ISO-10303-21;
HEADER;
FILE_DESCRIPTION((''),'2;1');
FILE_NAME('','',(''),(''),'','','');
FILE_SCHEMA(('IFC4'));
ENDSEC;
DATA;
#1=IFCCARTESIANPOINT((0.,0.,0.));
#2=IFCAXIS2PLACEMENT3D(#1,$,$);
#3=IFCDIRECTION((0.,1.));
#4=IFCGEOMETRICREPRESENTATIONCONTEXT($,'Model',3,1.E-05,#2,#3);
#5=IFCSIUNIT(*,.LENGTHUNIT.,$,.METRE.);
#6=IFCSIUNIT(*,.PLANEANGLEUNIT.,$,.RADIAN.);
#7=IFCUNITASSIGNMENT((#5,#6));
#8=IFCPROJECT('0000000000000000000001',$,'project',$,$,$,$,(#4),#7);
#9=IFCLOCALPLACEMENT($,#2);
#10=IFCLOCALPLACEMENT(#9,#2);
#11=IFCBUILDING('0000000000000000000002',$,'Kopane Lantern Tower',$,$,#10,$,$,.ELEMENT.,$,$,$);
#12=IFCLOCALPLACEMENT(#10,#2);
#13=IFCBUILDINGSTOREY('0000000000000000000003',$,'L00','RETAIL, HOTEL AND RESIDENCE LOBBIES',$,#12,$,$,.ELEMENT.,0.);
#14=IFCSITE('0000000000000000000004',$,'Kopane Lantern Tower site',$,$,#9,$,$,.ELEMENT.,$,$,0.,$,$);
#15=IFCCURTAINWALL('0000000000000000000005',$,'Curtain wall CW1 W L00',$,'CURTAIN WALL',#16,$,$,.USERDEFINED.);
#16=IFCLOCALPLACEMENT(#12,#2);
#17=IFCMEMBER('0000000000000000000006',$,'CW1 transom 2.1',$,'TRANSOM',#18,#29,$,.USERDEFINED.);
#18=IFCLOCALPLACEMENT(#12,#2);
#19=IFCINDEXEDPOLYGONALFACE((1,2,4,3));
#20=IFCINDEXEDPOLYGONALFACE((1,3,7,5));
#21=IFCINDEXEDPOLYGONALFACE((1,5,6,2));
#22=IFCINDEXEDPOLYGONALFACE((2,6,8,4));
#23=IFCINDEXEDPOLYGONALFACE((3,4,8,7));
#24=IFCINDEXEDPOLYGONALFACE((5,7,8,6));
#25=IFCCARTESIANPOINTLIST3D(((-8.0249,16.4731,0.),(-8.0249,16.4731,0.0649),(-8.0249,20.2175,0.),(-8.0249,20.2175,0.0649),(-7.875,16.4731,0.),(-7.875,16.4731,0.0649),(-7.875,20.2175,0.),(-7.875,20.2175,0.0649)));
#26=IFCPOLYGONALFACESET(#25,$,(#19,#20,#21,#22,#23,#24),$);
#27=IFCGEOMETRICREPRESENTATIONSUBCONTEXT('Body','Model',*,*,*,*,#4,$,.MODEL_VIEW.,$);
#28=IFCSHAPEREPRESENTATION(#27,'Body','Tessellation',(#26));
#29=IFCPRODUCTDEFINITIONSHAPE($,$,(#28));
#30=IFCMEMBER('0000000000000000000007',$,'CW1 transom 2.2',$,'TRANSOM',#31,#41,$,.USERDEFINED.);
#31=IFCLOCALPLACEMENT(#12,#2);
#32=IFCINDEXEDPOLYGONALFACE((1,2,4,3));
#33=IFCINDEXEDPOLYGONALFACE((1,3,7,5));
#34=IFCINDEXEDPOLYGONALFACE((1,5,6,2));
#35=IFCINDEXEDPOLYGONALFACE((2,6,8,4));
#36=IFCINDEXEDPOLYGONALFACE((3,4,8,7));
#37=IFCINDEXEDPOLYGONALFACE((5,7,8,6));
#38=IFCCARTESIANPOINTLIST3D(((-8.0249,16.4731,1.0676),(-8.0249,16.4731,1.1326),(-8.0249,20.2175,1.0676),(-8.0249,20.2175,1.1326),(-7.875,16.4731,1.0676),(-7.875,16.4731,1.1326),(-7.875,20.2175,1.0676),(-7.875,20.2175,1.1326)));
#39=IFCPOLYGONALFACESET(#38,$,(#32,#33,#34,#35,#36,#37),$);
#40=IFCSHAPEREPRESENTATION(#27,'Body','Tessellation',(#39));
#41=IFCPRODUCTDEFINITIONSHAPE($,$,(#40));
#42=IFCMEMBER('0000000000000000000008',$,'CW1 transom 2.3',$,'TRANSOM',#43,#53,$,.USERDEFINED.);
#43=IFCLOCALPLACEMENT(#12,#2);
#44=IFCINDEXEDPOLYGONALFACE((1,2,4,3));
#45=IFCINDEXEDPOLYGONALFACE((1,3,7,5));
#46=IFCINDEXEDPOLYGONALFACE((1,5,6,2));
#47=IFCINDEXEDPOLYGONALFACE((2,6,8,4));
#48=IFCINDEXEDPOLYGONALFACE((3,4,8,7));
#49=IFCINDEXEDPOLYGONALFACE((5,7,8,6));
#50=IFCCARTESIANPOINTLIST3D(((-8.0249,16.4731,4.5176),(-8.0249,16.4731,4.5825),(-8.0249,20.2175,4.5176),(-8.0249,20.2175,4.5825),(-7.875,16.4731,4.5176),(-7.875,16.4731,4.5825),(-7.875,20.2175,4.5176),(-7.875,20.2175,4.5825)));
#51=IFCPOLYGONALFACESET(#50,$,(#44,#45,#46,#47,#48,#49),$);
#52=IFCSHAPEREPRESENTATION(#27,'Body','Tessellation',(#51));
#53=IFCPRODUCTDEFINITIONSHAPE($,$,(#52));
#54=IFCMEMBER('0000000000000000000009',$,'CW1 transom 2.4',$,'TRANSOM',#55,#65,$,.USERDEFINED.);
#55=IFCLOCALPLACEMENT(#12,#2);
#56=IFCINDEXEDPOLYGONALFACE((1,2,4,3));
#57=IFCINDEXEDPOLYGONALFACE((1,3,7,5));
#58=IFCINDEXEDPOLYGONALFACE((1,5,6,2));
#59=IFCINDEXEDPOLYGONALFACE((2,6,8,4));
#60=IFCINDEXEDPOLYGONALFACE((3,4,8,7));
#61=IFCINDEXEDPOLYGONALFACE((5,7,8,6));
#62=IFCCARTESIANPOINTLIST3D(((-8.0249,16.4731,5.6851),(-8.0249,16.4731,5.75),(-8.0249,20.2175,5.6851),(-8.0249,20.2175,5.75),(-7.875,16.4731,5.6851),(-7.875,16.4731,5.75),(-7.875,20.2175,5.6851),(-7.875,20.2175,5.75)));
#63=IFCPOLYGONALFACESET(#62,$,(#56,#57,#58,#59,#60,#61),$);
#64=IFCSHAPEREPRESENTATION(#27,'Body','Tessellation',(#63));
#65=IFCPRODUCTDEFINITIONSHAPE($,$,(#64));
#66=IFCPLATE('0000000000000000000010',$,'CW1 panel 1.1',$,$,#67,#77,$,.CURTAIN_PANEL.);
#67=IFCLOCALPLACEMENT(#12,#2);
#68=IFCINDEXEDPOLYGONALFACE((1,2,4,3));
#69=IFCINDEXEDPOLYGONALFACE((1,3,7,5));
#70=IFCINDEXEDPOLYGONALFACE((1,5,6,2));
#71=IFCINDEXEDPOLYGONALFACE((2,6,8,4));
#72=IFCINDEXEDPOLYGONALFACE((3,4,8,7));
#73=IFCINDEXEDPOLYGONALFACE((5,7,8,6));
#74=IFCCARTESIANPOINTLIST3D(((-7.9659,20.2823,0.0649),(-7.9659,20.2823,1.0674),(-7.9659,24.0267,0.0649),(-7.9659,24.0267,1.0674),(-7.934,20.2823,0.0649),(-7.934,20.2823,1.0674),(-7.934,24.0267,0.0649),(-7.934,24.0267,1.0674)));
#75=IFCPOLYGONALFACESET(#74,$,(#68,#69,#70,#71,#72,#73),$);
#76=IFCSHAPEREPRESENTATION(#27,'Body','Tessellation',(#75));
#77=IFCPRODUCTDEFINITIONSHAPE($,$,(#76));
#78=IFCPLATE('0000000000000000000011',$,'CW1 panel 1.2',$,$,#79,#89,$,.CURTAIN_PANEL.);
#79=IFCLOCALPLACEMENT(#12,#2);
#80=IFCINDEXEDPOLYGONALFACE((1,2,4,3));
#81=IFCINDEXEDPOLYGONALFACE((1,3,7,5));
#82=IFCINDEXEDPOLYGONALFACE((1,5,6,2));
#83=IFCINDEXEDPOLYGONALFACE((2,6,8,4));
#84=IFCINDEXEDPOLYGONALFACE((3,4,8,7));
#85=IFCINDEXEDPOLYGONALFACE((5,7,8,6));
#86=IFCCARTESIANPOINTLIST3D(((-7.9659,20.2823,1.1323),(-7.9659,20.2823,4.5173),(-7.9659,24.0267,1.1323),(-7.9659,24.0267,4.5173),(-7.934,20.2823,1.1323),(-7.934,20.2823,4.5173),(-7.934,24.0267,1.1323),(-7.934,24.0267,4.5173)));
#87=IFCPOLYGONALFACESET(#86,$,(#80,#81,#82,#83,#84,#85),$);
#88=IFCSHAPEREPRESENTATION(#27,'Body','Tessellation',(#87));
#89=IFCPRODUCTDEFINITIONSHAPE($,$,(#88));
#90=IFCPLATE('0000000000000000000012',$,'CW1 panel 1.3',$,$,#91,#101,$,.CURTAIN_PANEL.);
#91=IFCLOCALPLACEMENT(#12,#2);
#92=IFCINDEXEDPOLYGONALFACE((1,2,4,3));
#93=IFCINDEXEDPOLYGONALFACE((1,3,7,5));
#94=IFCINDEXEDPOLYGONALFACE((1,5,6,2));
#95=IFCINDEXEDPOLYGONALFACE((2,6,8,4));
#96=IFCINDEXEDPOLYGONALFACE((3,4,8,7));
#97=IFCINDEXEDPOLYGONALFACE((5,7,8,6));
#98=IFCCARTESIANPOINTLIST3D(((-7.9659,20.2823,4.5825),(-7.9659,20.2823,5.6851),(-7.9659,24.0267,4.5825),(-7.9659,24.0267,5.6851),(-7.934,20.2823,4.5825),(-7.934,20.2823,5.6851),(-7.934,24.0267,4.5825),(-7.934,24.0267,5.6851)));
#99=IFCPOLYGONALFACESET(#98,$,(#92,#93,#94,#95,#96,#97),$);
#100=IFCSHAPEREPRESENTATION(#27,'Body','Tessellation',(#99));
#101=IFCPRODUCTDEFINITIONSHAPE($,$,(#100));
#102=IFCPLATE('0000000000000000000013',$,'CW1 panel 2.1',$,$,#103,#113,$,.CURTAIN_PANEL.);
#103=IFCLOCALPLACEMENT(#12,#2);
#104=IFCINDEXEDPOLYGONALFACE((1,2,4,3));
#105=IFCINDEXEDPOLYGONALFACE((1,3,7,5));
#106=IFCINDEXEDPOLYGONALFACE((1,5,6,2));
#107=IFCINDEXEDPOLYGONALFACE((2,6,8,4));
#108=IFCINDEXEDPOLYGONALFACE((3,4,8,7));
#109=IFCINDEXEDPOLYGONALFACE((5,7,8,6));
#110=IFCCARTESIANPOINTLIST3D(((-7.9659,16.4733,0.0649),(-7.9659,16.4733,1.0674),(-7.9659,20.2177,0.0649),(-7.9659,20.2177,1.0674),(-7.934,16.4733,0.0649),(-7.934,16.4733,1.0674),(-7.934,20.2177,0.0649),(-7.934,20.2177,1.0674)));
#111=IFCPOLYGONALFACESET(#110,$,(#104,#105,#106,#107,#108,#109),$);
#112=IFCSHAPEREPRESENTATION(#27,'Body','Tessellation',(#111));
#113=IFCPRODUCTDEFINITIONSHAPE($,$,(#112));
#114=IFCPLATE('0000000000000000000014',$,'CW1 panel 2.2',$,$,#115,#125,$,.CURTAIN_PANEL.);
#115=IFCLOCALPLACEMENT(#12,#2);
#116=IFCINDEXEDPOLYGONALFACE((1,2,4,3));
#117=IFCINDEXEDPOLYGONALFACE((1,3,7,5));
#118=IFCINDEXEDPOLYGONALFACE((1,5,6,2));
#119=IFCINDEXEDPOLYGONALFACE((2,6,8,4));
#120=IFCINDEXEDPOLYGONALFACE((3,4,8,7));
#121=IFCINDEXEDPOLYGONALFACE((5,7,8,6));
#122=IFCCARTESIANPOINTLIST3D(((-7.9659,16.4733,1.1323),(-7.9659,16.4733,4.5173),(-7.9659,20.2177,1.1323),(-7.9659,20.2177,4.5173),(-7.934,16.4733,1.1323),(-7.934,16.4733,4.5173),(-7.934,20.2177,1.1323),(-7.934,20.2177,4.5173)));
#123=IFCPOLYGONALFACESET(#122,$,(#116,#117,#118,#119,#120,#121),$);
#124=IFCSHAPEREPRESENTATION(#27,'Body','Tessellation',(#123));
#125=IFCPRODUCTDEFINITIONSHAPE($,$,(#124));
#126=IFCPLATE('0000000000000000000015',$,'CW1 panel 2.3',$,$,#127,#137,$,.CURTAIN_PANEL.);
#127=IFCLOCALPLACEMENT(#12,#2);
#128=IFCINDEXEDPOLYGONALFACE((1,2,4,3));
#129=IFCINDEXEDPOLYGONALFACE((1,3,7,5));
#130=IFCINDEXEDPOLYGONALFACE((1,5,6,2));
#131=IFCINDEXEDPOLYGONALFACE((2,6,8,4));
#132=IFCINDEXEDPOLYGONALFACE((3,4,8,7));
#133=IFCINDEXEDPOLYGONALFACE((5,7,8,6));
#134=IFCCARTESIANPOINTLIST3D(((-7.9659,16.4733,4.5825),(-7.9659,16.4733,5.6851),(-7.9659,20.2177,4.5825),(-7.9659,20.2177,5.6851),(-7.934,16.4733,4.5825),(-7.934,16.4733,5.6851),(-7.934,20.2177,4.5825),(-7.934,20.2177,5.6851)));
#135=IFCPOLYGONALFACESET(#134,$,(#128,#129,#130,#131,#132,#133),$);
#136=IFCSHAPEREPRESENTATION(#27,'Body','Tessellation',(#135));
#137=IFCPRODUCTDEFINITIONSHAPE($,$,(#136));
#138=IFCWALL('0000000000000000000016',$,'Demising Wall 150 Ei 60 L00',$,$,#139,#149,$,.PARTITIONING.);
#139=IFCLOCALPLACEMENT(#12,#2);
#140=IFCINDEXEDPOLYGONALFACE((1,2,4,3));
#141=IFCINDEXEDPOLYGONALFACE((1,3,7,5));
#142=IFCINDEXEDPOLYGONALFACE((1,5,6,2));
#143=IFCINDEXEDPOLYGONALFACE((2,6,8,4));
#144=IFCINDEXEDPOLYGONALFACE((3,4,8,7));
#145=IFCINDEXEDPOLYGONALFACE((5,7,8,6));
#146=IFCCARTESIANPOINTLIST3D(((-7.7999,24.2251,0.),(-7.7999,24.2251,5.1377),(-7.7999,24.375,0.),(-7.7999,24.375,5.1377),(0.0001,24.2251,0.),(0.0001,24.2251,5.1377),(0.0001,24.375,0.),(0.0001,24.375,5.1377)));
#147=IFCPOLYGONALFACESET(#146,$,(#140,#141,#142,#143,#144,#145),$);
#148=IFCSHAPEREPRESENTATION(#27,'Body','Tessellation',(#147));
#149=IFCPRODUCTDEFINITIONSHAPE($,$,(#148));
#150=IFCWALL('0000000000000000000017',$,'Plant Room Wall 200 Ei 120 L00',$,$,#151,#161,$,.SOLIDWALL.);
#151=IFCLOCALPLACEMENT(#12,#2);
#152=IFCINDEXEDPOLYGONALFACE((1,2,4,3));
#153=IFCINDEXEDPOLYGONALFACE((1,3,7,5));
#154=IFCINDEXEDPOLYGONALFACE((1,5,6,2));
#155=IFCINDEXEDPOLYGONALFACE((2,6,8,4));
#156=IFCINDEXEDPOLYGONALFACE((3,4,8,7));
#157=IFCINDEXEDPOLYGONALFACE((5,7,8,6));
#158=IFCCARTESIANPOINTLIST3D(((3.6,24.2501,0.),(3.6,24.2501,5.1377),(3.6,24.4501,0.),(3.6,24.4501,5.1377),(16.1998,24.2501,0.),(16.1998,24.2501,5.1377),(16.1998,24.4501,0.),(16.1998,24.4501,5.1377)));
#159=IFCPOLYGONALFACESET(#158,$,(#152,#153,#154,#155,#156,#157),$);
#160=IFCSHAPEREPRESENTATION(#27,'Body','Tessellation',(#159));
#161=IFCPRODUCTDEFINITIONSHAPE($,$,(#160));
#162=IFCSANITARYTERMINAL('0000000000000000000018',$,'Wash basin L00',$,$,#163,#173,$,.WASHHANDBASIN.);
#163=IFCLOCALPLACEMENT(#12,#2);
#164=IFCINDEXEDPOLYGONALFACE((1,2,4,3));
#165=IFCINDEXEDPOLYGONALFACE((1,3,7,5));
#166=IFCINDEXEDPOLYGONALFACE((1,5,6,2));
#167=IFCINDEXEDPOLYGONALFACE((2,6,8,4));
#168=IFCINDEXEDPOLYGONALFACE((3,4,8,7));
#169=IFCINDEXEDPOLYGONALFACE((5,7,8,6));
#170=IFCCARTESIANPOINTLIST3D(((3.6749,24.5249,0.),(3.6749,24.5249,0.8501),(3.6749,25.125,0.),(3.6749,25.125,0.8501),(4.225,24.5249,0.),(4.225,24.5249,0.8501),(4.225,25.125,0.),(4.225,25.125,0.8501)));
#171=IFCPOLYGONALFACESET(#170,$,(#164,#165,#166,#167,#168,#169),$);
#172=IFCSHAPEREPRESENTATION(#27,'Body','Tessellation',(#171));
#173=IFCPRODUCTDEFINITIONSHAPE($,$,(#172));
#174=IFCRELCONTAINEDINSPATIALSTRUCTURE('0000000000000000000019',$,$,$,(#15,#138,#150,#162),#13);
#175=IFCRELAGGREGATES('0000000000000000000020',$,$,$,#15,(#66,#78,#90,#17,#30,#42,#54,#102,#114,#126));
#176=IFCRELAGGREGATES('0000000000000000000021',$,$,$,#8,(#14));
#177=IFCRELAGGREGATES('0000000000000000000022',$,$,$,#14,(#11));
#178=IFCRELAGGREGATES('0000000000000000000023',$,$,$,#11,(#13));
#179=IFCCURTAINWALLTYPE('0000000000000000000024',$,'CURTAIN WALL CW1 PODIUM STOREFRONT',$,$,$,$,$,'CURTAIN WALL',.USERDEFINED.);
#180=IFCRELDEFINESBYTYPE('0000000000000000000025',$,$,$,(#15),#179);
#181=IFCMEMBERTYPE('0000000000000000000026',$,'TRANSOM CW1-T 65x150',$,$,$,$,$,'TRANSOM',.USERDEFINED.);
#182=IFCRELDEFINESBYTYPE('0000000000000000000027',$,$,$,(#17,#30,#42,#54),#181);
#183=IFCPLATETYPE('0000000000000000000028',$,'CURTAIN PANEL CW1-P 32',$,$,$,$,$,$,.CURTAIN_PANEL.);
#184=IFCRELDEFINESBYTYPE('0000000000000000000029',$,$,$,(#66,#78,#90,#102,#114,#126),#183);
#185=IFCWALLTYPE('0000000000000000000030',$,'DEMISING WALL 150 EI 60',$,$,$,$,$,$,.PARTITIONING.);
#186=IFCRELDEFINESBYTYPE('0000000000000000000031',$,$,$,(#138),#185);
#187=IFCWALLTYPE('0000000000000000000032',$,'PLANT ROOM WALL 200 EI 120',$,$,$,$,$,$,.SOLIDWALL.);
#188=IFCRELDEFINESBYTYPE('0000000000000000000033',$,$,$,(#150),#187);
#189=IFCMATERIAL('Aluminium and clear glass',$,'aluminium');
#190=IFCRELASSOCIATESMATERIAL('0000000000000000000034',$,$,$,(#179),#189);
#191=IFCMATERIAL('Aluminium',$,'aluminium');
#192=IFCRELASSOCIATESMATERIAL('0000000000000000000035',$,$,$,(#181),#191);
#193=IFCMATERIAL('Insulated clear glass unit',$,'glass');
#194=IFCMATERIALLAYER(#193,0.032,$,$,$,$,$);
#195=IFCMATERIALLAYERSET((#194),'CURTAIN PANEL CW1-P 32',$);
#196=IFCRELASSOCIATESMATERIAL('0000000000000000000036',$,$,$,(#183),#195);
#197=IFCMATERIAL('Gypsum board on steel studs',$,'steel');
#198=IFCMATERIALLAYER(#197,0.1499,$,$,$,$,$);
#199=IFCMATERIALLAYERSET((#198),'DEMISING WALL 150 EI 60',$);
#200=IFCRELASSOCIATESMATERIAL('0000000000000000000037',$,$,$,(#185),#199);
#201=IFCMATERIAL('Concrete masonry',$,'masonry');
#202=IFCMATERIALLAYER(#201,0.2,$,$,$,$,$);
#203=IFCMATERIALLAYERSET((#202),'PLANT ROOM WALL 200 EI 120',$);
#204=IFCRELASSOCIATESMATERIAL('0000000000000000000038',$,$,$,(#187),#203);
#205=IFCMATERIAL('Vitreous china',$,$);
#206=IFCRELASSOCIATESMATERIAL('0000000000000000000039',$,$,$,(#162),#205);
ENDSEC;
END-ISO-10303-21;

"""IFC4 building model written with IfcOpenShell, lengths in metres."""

from ifc_helpers import new_model, si_unit, direction, frame, frame_2d, origin, origin_2d, place, context, subcontext, project, spatial, rectangle, extrude, material, layer, layer_set, material_profile, profile_set, type_object, element, aggregate, save


model = new_model("IFC4")

# Units and contexts
model_context = context("Model", 3, precision=1e-05, world=origin(), true_north=direction((0.0, 1.0)))
body_context = subcontext(model_context, "Body", "Model", "MODEL_VIEW")
ifc_project = project(units=[si_unit("LENGTHUNIT", "METRE"), si_unit("PLANEANGLEUNIT", "RADIAN")], contexts=[model_context])

# Site, building, storey
site_placement = place(None, origin())
site = spatial("IfcSite", under=ifc_project, at=site_placement, Name="Kopane Lantern Tower site", CompositionType="ELEMENT", RefElevation=0.0)
building_placement = place(site_placement, origin())
building = spatial("IfcBuilding", under=site, at=building_placement, Name="Kopane Lantern Tower", CompositionType="ELEMENT")
storey_placement = place(building_placement, origin())
storey = spatial("IfcBuildingStorey", under=building, at=storey_placement, Name="L00", Description="RETAIL, HOTEL AND RESIDENCE LOBBIES", CompositionType="ELEMENT", Elevation=0.0)

# Shared definitions
ifc_material_1 = material(Name="Aluminium and clear glass", Category="aluminium")
curtain_wall_type = type_object("IfcCurtainWallType", Name="CURTAIN WALL CW1 PODIUM STOREFRONT", ElementType="CURTAIN WALL", PredefinedType="USERDEFINED", material=ifc_material_1)

# Curtain wall, members, plates
curtain_wall_1_placement = place(storey_placement, origin())
curtain_wall_1 = element("IfcCurtainWall", 1, at=curtain_wall_1_placement, inside=storey, type_object=curtain_wall_type, Name="Curtain wall CW1 W L00", ObjectType="CURTAIN WALL", PredefinedType="USERDEFINED")
ifc_material_2 = material(Name="Aluminium", Category="aluminium")
ifc_material_profile_1 = material_profile(ifc_material_2, rectangle(XDim=0.1499, YDim=0.0649, at=origin_2d()), Name="AL 150x65")
ifc_profile_set_1 = profile_set([ifc_material_profile_1], Name="Aluminium")
member_type_1 = type_object("IfcMemberType", Name="TRANSOM CW1-T 65x150", ElementType="TRANSOM", PredefinedType="USERDEFINED", material=ifc_profile_set_1)
member_1_placement = place(storey_placement, frame((-7.95, 20.2175, 0.0325), z_axis=(0.0, -1.0, 0.0), x_axis=(1.0, 0.0, 0.0)))
member_1 = element("IfcMember", 2, at=member_1_placement, type_object=member_type_1, Name="CW1 transom 2.1", ObjectType="TRANSOM", PredefinedType="USERDEFINED", context=body_context, shape_type="SweptSolid", body=[
    extrude(rectangle(XDim=0.1499, YDim=0.0649, at=origin_2d()), origin(), (0.0, 0.0, 1.0), 3.7444),
])
member_2_placement = place(storey_placement, frame((-7.95, 20.2175, 1.1001), z_axis=(0.0, -1.0, 0.0), x_axis=(1.0, 0.0, 0.0)))
member_2 = element("IfcMember", 3, at=member_2_placement, type_object=member_type_1, Name="CW1 transom 2.2", ObjectType="TRANSOM", PredefinedType="USERDEFINED", context=body_context, shape_type="SweptSolid", body=[
    extrude(rectangle(XDim=0.1499, YDim=0.0649, at=origin_2d()), origin(), (0.0, 0.0, 1.0), 3.7444),
])
member_3_placement = place(storey_placement, frame((-7.95, 20.2175, 4.55), z_axis=(0.0, -1.0, 0.0), x_axis=(1.0, 0.0, 0.0)))
member_3 = element("IfcMember", 4, at=member_3_placement, type_object=member_type_1, Name="CW1 transom 2.3", ObjectType="TRANSOM", PredefinedType="USERDEFINED", context=body_context, shape_type="SweptSolid", body=[
    extrude(rectangle(XDim=0.1499, YDim=0.0649, at=origin_2d()), origin(), (0.0, 0.0, 1.0), 3.7444),
])
member_4_placement = place(storey_placement, frame((-7.95, 20.2175, 5.7175), z_axis=(0.0, -1.0, 0.0), x_axis=(1.0, 0.0, 0.0)))
member_4 = element("IfcMember", 5, at=member_4_placement, type_object=member_type_1, Name="CW1 transom 2.4", ObjectType="TRANSOM", PredefinedType="USERDEFINED", context=body_context, shape_type="SweptSolid", body=[
    extrude(rectangle(XDim=0.1499, YDim=0.0649, at=origin_2d()), origin(), (0.0, 0.0, 1.0), 3.7444),
])
ifc_material_3 = material(Name="Insulated clear glass unit", Category="glass")
ifc_layer_1 = layer(ifc_material_3, 0.032)
ifc_layer_set_1 = layer_set([ifc_layer_1], Name="CURTAIN PANEL CW1-P 32")
plate_type = type_object("IfcPlateType", Name="CURTAIN PANEL CW1-P 32", PredefinedType="CURTAIN_PANEL", material=ifc_layer_set_1)
plate_1_placement = place(storey_placement, frame((-7.95, 22.1545, 0.0649), z_axis=(0.0, 0.0, 1.0), x_axis=(0.0, -1.0, 0.0)))
plate_1 = element("IfcPlate", 6, at=plate_1_placement, type_object=plate_type, Name="CW1 panel 1.1", PredefinedType="CURTAIN_PANEL", context=body_context, shape_type="SweptSolid", body=[
    extrude(rectangle(XDim=3.7444, YDim=0.032, at=origin_2d()), origin(), (0.0, 0.0, 1.0), 1.0024),
])
plate_2_placement = place(storey_placement, frame((-7.95, 22.1545, 1.1323), z_axis=(0.0, 0.0, 1.0), x_axis=(0.0, -1.0, 0.0)))
plate_2 = element("IfcPlate", 7, at=plate_2_placement, type_object=plate_type, Name="CW1 panel 1.2", PredefinedType="CURTAIN_PANEL", context=body_context, shape_type="SweptSolid", body=[
    extrude(rectangle(XDim=3.7444, YDim=0.032, at=origin_2d()), origin(), (0.0, 0.0, 1.0), 3.385),
])
plate_3_placement = place(storey_placement, frame((-7.95, 22.1545, 4.5825), z_axis=(0.0, 0.0, 1.0), x_axis=(0.0, -1.0, 0.0)))
plate_3 = element("IfcPlate", 8, at=plate_3_placement, type_object=plate_type, Name="CW1 panel 1.3", PredefinedType="CURTAIN_PANEL", context=body_context, shape_type="SweptSolid", body=[
    extrude(rectangle(XDim=3.7444, YDim=0.032, at=origin_2d()), origin(), (0.0, 0.0, 1.0), 1.1025),
])
plate_4_placement = place(storey_placement, frame((-7.95, 18.3455, 0.0649), z_axis=(0.0, 0.0, 1.0), x_axis=(0.0, -1.0, 0.0)))
plate_4 = element("IfcPlate", 9, at=plate_4_placement, type_object=plate_type, Name="CW1 panel 2.1", PredefinedType="CURTAIN_PANEL", context=body_context, shape_type="SweptSolid", body=[
    extrude(rectangle(XDim=3.7444, YDim=0.032, at=origin_2d()), origin(), (0.0, 0.0, 1.0), 1.0024),
])
plate_5_placement = place(storey_placement, frame((-7.95, 18.3455, 1.1323), z_axis=(0.0, 0.0, 1.0), x_axis=(0.0, -1.0, 0.0)))
plate_5 = element("IfcPlate", 10, at=plate_5_placement, type_object=plate_type, Name="CW1 panel 2.2", PredefinedType="CURTAIN_PANEL", context=body_context, shape_type="SweptSolid", body=[
    extrude(rectangle(XDim=3.7444, YDim=0.032, at=origin_2d()), origin(), (0.0, 0.0, 1.0), 3.385),
])
plate_6_placement = place(storey_placement, frame((-7.95, 18.3455, 4.5825), z_axis=(0.0, 0.0, 1.0), x_axis=(0.0, -1.0, 0.0)))
plate_6 = element("IfcPlate", 11, at=plate_6_placement, type_object=plate_type, Name="CW1 panel 2.3", PredefinedType="CURTAIN_PANEL", context=body_context, shape_type="SweptSolid", body=[
    extrude(rectangle(XDim=3.7444, YDim=0.032, at=origin_2d()), origin(), (0.0, 0.0, 1.0), 1.1025),
])
aggregate(curtain_wall_1, [plate_1, plate_2, plate_3, member_1, member_2, member_3, member_4, plate_4, plate_5, plate_6])

# Walls
ifc_material_4 = material(Name="Gypsum board on steel studs", Category="steel")
ifc_layer_2 = layer(ifc_material_4, 0.1499)
ifc_layer_set_2 = layer_set([ifc_layer_2], Name="DEMISING WALL 150 EI 60")
wall_type_1 = type_object("IfcWallType", Name="DEMISING WALL 150 EI 60", PredefinedType="PARTITIONING", material=ifc_layer_set_2)
wall_1_placement = place(storey_placement, frame((0.0, 24.3, 0.0), z_axis=(0.0, 0.0, 1.0), x_axis=(-1.0, 0.0, 0.0)))
element("IfcWall", 12, at=wall_1_placement, inside=storey, type_object=wall_type_1, Name="Demising Wall 150 Ei 60 L00", PredefinedType="PARTITIONING", context=body_context, shape_type="SweptSolid", body=[
    extrude(rectangle(XDim=7.8, YDim=0.1499, at=frame_2d((3.8999, 0.0))), origin(), (0.0, 0.0, 1.0), 5.1377),
])
ifc_material_5 = material(Name="Concrete masonry", Category="masonry")
ifc_layer_3 = layer(ifc_material_5, 0.2)
ifc_layer_set_3 = layer_set([ifc_layer_3], Name="PLANT ROOM WALL 200 EI 120")
wall_type_2 = type_object("IfcWallType", Name="PLANT ROOM WALL 200 EI 120", PredefinedType="SOLIDWALL", material=ifc_layer_set_3)
wall_2_placement = place(storey_placement, frame((3.6001, 24.3501, 0.0), z_axis=(0.0, 0.0, 1.0), x_axis=(1.0, 0.0, 0.0)))
element("IfcWall", 13, at=wall_2_placement, inside=storey, type_object=wall_type_2, Name="Plant Room Wall 200 Ei 120 L00", PredefinedType="SOLIDWALL", context=body_context, shape_type="SweptSolid", body=[
    extrude(rectangle(XDim=12.5999, YDim=0.2, at=frame_2d((6.2998, 0.0))), origin(), (0.0, 0.0, 1.0), 5.1377),
])

# Sanitary terminal
ifc_material_6 = material(Name="Vitreous china")
sanitary_terminal_placement = place(storey_placement, frame((3.95, 24.825, 0.0), z_axis=(0.0, 0.0, 1.0), x_axis=(1.0, 0.0, 0.0)))
element("IfcSanitaryTerminal", 14, at=sanitary_terminal_placement, inside=storey, material=ifc_material_6, Name="Wash basin L00", PredefinedType="WASHHANDBASIN", context=body_context, shape_type="SweptSolid", body=[
    extrude(rectangle(XDim=0.55, YDim=0.6001, at=origin_2d()), origin(), (0.0, 0.0, 1.0), 0.8501),
])

save(model, "model.ifc")
